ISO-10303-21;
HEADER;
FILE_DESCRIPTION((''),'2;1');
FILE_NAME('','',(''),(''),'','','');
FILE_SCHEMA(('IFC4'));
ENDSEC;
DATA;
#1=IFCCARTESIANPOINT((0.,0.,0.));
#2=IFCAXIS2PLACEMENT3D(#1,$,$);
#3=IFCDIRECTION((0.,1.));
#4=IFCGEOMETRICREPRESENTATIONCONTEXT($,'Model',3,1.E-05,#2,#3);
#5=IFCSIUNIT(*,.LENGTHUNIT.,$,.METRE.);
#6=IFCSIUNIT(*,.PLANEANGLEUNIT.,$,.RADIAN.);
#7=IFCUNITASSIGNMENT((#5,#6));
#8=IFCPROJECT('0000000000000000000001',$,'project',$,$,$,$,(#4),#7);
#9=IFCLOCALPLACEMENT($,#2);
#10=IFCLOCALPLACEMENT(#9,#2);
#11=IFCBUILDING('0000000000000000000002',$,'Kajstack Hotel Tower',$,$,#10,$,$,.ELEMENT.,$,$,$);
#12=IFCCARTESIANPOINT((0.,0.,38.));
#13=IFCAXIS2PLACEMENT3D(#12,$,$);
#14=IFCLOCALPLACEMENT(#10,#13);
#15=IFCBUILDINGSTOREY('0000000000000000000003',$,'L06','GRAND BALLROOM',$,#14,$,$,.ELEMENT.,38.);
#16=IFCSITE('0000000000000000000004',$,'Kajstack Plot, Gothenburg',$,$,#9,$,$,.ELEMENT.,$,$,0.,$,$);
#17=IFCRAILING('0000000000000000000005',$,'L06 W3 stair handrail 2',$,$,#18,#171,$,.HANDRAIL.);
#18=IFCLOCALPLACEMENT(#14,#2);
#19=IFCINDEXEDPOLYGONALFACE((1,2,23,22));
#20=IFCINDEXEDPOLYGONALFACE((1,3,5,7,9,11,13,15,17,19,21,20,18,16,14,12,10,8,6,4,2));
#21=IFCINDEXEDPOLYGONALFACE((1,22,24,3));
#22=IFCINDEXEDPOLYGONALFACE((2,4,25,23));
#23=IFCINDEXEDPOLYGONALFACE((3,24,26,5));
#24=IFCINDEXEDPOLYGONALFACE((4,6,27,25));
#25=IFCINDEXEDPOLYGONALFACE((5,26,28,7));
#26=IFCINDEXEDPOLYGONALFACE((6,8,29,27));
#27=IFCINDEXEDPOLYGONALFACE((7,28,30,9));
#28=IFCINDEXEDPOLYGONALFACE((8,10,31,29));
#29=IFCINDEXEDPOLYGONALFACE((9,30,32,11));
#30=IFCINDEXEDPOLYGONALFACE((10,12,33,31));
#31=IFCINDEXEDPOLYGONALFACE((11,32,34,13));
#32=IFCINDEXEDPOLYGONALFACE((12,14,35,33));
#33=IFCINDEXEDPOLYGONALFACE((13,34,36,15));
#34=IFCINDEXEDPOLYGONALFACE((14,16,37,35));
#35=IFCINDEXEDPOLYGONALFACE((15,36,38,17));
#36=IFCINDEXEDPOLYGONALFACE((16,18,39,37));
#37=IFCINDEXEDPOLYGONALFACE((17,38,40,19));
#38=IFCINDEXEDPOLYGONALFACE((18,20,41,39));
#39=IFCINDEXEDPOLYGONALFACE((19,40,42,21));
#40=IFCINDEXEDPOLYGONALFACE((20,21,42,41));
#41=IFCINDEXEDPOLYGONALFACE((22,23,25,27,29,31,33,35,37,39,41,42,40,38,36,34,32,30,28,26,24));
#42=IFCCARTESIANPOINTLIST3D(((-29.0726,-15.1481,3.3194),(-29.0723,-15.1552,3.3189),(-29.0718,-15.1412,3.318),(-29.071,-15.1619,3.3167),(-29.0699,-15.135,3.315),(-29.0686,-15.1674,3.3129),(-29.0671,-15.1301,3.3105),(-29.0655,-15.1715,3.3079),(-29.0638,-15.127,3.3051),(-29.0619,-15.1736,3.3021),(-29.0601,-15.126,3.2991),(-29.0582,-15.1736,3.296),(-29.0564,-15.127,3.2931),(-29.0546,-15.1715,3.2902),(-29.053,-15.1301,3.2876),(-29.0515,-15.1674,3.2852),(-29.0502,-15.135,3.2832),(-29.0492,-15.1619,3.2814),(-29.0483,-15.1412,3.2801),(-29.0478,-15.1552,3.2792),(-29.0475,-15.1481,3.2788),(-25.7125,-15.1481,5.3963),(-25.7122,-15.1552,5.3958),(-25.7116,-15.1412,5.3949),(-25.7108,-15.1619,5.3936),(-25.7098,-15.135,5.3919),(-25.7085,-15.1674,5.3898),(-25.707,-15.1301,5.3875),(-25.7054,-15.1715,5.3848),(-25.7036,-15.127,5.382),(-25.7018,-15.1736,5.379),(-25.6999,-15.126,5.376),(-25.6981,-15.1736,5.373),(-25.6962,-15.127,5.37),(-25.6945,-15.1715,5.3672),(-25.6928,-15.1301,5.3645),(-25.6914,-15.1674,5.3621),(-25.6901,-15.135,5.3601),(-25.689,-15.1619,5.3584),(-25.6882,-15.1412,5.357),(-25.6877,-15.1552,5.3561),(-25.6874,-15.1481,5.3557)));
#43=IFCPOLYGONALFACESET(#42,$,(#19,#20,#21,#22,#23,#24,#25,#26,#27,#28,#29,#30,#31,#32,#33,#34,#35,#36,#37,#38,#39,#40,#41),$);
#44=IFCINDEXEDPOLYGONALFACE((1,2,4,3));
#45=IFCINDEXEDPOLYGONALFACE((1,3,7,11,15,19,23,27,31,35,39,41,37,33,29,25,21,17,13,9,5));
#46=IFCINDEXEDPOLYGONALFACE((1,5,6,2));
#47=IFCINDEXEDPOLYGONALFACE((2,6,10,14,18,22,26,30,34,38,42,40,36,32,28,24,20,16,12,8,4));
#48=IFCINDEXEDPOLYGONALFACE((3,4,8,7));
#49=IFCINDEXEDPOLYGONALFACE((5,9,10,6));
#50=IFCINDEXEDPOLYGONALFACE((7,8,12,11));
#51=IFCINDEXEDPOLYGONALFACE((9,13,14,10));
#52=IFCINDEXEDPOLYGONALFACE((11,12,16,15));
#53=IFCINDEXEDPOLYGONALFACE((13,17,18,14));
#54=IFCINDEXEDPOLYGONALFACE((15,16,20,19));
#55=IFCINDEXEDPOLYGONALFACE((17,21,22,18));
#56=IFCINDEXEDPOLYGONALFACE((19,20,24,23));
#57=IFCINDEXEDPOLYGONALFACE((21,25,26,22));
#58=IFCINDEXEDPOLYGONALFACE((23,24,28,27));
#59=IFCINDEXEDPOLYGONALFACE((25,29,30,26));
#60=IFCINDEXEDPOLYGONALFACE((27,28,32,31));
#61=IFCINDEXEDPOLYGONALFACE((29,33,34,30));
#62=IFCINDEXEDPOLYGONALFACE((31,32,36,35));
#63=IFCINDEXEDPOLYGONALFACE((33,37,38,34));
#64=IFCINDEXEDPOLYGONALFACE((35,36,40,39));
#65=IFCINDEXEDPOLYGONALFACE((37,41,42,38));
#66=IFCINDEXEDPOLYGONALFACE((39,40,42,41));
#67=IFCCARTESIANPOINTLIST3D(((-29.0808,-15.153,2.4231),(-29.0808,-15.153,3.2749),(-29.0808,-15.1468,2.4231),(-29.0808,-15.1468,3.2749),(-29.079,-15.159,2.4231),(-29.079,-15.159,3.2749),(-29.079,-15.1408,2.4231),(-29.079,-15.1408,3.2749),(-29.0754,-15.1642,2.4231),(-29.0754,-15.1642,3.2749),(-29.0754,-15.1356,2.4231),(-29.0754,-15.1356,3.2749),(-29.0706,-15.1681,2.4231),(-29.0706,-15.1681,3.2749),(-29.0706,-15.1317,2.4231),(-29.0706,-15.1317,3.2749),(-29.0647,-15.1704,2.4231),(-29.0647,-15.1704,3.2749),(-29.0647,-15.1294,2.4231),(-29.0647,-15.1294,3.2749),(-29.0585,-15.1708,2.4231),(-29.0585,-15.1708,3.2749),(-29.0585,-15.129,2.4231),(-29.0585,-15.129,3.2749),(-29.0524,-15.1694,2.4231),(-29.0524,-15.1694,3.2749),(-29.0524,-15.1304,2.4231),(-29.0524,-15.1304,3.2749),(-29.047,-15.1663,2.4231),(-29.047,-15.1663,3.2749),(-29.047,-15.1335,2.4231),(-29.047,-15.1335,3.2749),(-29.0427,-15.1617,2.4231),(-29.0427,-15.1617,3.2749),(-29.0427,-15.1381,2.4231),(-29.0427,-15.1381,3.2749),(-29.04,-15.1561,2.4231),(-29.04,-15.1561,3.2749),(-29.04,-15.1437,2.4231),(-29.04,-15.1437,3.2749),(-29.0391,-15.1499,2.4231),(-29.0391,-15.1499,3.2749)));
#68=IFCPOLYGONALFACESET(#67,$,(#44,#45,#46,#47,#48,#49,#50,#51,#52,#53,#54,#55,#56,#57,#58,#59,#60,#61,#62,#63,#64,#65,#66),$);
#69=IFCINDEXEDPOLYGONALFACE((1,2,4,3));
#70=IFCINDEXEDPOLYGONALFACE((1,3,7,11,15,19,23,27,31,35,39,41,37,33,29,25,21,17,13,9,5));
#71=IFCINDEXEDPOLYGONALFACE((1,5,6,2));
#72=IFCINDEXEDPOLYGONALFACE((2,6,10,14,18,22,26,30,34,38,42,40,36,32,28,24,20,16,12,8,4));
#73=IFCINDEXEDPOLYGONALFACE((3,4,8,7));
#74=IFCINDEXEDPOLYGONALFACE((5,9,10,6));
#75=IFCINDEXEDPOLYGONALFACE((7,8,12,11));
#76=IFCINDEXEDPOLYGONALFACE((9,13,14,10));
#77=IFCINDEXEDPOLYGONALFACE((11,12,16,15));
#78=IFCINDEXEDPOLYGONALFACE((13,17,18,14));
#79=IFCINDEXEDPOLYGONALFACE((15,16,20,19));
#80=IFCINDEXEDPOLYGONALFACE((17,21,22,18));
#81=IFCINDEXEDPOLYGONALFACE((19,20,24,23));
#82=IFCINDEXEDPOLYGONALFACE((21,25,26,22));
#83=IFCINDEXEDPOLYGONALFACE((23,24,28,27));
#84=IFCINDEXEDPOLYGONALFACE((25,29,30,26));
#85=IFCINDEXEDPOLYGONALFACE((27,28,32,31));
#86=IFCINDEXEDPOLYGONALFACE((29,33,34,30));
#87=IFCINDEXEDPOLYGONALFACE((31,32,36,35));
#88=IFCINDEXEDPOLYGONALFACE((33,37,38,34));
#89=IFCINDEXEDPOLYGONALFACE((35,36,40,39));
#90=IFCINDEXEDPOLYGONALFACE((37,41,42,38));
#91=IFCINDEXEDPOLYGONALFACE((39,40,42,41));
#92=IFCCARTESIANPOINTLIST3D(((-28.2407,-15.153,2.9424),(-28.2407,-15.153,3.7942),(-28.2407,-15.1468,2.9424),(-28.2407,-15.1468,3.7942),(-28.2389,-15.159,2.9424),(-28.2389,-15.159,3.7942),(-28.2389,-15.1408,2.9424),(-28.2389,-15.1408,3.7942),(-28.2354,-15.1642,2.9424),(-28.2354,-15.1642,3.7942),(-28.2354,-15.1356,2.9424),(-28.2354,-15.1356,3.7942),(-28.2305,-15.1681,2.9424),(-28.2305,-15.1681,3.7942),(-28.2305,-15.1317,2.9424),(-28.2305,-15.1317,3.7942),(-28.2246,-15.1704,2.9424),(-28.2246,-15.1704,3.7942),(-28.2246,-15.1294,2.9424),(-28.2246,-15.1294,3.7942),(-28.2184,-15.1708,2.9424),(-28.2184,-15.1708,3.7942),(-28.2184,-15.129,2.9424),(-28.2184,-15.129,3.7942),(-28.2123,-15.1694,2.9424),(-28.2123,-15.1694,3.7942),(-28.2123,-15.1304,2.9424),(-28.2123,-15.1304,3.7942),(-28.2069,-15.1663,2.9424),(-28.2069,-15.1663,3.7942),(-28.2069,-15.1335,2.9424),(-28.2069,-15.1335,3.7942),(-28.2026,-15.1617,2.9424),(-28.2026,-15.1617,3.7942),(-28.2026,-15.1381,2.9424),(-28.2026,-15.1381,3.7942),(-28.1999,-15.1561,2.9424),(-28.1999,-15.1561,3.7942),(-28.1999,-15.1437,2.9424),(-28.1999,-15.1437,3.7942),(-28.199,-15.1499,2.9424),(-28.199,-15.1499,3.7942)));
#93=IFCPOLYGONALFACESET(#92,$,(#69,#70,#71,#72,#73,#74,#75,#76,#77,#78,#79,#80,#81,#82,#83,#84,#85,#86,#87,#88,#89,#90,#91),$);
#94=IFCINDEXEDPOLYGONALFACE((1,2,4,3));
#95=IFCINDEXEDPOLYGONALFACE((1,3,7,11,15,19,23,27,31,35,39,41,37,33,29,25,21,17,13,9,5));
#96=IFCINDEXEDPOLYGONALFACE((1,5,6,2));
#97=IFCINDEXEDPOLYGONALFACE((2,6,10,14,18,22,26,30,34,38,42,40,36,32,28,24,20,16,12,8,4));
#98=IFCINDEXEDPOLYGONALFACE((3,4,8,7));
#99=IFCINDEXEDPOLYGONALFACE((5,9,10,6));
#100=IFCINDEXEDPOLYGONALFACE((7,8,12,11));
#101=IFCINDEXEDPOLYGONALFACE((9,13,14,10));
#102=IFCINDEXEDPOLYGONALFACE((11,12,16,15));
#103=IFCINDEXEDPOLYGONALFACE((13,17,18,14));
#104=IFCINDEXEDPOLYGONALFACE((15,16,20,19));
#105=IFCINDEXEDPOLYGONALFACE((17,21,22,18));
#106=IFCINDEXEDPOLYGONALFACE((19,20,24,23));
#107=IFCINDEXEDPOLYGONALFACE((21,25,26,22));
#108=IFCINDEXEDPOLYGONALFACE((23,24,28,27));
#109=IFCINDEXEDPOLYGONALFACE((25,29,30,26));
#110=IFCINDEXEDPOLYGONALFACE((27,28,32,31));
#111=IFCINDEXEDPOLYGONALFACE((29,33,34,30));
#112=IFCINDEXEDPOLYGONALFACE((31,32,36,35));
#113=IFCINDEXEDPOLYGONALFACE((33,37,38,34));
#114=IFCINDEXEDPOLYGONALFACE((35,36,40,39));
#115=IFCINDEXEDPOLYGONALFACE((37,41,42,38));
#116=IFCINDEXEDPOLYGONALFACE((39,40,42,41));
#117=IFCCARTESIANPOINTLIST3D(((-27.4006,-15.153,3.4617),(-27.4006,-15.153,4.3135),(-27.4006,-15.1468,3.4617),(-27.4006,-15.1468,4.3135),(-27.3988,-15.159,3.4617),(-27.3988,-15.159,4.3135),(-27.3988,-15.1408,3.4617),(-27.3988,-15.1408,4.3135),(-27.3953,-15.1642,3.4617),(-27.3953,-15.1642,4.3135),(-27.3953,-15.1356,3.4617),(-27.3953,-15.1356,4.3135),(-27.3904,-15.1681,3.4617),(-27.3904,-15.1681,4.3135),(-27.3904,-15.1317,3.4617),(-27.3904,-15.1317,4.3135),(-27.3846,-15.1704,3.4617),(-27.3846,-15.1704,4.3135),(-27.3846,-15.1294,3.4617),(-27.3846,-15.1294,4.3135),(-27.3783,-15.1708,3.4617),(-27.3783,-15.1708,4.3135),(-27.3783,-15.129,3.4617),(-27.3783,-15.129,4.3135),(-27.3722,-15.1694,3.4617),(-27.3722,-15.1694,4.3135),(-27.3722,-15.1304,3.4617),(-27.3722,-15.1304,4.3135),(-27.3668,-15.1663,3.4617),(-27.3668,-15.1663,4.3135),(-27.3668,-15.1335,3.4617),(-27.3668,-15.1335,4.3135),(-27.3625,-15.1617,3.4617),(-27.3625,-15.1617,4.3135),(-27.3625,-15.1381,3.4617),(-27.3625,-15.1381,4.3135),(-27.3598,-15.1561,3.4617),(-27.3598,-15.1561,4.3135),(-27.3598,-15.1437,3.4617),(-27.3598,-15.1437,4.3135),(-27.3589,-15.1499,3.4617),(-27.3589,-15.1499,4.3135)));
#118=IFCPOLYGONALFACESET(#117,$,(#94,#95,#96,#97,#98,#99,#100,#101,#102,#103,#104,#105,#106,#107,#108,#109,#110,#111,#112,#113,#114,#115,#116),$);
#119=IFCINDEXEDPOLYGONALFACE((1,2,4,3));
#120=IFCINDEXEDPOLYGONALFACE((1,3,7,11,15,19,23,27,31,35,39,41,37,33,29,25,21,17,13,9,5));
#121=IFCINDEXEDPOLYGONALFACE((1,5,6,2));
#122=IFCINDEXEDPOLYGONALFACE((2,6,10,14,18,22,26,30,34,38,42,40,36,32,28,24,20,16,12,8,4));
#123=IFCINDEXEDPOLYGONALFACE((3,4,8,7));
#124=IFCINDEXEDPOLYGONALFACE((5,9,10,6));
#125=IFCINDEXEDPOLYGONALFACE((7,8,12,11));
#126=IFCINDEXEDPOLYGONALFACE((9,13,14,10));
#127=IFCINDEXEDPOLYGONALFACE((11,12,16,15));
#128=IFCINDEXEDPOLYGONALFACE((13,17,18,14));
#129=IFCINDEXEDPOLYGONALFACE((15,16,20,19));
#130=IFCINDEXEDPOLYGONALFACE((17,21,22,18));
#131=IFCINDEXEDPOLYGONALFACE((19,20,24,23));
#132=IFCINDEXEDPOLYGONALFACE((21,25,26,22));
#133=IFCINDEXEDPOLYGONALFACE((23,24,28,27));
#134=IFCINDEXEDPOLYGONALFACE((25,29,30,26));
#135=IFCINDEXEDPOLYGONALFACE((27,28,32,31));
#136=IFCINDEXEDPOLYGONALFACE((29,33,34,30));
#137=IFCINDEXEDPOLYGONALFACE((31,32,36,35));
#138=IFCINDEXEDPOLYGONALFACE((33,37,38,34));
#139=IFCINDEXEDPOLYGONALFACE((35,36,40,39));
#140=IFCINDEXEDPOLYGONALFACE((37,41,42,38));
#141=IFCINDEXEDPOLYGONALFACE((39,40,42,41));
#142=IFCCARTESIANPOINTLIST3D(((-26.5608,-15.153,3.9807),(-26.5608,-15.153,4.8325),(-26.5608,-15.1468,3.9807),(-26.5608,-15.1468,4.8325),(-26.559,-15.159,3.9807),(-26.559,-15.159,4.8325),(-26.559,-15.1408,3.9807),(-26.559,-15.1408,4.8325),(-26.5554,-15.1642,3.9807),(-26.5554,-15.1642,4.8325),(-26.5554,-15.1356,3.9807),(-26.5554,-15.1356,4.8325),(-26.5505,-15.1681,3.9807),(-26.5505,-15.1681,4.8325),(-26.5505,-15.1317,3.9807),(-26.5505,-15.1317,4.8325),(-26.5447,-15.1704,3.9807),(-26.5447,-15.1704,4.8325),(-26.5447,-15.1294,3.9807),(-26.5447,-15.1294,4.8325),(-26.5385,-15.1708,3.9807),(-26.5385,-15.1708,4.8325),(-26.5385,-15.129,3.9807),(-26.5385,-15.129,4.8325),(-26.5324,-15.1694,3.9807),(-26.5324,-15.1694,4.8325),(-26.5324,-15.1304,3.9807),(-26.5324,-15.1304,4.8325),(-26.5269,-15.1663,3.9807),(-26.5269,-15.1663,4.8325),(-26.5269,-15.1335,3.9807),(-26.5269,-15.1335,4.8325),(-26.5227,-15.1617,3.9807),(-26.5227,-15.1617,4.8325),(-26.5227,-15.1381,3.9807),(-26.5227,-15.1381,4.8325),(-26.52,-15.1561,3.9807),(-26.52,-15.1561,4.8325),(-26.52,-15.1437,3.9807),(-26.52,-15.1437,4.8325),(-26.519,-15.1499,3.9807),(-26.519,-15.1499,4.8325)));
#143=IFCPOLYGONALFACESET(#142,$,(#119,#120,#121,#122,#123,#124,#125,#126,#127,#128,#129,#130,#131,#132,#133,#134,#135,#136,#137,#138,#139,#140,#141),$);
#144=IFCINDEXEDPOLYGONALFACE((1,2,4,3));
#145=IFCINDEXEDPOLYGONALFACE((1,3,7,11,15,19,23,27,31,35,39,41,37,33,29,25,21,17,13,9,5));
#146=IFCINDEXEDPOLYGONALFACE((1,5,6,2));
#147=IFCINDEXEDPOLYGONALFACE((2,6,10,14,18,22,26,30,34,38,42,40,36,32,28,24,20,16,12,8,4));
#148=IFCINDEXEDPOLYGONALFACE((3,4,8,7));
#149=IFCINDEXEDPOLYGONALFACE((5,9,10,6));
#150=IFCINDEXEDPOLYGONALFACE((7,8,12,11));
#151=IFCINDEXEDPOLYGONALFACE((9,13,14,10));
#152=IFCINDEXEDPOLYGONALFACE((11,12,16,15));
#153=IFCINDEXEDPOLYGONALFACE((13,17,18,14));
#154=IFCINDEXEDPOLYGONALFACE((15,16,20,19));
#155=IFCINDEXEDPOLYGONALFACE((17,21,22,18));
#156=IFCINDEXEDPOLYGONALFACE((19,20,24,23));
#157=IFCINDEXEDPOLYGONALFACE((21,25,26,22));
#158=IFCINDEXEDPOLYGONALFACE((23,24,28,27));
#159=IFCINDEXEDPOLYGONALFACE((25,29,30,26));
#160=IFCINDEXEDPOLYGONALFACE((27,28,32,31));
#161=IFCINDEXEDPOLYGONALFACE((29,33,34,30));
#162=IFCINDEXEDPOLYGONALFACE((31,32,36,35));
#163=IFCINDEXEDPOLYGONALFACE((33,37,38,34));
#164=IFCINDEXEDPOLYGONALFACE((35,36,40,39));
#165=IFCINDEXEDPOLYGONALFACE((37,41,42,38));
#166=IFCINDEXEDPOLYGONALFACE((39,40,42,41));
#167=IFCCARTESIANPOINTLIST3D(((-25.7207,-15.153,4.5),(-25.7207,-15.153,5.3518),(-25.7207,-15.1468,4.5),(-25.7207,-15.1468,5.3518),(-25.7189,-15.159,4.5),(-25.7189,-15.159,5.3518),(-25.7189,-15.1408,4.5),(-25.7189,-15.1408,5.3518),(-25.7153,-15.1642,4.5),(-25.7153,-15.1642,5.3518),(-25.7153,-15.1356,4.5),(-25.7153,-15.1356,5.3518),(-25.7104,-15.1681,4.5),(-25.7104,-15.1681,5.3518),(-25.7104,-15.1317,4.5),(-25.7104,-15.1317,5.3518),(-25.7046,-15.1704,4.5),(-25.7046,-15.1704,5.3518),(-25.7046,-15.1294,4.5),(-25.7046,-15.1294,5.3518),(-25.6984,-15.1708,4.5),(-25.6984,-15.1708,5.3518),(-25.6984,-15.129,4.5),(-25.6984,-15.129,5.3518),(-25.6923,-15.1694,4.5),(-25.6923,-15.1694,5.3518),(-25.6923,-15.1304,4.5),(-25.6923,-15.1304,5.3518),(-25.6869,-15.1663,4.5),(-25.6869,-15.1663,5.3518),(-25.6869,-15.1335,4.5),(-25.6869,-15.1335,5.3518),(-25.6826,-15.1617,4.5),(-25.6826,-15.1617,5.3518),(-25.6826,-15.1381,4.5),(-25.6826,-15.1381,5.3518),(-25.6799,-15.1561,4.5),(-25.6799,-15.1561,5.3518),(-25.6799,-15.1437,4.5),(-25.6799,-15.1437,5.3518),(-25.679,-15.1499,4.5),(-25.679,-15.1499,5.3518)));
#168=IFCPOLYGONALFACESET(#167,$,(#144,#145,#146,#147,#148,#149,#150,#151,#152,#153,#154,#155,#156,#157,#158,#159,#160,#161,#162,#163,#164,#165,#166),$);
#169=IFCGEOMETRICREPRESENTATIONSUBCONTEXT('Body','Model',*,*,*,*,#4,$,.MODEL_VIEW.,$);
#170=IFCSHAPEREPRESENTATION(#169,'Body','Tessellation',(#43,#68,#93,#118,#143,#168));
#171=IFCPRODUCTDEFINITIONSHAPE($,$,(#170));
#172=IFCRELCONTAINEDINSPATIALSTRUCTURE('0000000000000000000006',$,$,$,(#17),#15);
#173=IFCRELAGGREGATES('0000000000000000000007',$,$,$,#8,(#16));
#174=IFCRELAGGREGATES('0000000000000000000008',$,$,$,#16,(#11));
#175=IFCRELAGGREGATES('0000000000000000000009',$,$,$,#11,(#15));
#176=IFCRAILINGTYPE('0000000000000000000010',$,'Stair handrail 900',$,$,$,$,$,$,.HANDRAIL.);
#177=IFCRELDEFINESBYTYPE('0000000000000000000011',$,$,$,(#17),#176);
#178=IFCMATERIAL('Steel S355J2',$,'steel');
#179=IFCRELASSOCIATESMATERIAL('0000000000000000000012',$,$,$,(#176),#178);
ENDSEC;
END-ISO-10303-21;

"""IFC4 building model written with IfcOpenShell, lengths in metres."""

from ifc_helpers import new_model, si_unit, direction, frame, origin, origin_2d, place, context, subcontext, project, spatial, circle, extrude, material, type_object, element, save


model = new_model("IFC4")

# Units and contexts
model_context = context("Model", 3, precision=1e-05, world=origin(), true_north=direction((0.0, 1.0)))
body_context = subcontext(model_context, "Body", "Model", "MODEL_VIEW")
ifc_project = project(units=[si_unit("LENGTHUNIT", "METRE"), si_unit("PLANEANGLEUNIT", "RADIAN")], contexts=[model_context])

# Site, building, storey
site_placement = place(None, origin())
site = spatial("IfcSite", under=ifc_project, at=site_placement, Name="Kajstack Plot, Gothenburg", CompositionType="ELEMENT", RefElevation=0.0)
building_placement = place(site_placement, origin())
building = spatial("IfcBuilding", under=site, at=building_placement, Name="Kajstack Hotel Tower", CompositionType="ELEMENT")
storey_placement = place(building_placement, frame((0.0, 0.0, 38.0)))
storey = spatial("IfcBuildingStorey", under=building, at=storey_placement, Name="L06", Description="GRAND BALLROOM", CompositionType="ELEMENT", Elevation=38.0)

# Railing
ifc_material_1 = material(Name="Steel S355J2", Category="steel")
railing_type_1 = type_object("IfcRailingType", Name="Stair handrail 900", PredefinedType="HANDRAIL", material=ifc_material_1)
railing_1_placement = place(storey_placement, frame((-29.0601, -15.1499, 2.4231)))
element("IfcRailing", 1, at=railing_1_placement, inside=storey, type_object=railing_type_1, Name="L06 W3 stair handrail 2", PredefinedType="HANDRAIL", context=body_context, shape_type="SweptSolid", body=[
    extrude(circle(Radius=0.0239, at=origin_2d()), frame((0.0, 0.0, 0.876), z_axis=(0.850623, 0.0, 0.525776), x_axis=(0.0, 1.0, 0.0)), (0.0, 0.0, 1.0), 3.9502),
    extrude(circle(Radius=0.021, at=origin_2d()), origin(), (0.0, 0.0, 1.0), 0.8518),
    extrude(circle(Radius=0.021, at=origin_2d()), frame((0.8401, 0.0, 0.5193)), (0.0, 0.0, 1.0), 0.8518),
    extrude(circle(Radius=0.021, at=origin_2d()), frame((1.6802, 0.0, 1.0386)), (0.0, 0.0, 1.0), 0.8518),
    extrude(circle(Radius=0.021, at=origin_2d()), frame((2.52, 0.0, 1.5576)), (0.0, 0.0, 1.0), 0.8518),
    extrude(circle(Radius=0.021, at=origin_2d()), frame((3.3601, 0.0, 2.0769)), (0.0, 0.0, 1.0), 0.8518),
])

save(model, "model.ifc")
